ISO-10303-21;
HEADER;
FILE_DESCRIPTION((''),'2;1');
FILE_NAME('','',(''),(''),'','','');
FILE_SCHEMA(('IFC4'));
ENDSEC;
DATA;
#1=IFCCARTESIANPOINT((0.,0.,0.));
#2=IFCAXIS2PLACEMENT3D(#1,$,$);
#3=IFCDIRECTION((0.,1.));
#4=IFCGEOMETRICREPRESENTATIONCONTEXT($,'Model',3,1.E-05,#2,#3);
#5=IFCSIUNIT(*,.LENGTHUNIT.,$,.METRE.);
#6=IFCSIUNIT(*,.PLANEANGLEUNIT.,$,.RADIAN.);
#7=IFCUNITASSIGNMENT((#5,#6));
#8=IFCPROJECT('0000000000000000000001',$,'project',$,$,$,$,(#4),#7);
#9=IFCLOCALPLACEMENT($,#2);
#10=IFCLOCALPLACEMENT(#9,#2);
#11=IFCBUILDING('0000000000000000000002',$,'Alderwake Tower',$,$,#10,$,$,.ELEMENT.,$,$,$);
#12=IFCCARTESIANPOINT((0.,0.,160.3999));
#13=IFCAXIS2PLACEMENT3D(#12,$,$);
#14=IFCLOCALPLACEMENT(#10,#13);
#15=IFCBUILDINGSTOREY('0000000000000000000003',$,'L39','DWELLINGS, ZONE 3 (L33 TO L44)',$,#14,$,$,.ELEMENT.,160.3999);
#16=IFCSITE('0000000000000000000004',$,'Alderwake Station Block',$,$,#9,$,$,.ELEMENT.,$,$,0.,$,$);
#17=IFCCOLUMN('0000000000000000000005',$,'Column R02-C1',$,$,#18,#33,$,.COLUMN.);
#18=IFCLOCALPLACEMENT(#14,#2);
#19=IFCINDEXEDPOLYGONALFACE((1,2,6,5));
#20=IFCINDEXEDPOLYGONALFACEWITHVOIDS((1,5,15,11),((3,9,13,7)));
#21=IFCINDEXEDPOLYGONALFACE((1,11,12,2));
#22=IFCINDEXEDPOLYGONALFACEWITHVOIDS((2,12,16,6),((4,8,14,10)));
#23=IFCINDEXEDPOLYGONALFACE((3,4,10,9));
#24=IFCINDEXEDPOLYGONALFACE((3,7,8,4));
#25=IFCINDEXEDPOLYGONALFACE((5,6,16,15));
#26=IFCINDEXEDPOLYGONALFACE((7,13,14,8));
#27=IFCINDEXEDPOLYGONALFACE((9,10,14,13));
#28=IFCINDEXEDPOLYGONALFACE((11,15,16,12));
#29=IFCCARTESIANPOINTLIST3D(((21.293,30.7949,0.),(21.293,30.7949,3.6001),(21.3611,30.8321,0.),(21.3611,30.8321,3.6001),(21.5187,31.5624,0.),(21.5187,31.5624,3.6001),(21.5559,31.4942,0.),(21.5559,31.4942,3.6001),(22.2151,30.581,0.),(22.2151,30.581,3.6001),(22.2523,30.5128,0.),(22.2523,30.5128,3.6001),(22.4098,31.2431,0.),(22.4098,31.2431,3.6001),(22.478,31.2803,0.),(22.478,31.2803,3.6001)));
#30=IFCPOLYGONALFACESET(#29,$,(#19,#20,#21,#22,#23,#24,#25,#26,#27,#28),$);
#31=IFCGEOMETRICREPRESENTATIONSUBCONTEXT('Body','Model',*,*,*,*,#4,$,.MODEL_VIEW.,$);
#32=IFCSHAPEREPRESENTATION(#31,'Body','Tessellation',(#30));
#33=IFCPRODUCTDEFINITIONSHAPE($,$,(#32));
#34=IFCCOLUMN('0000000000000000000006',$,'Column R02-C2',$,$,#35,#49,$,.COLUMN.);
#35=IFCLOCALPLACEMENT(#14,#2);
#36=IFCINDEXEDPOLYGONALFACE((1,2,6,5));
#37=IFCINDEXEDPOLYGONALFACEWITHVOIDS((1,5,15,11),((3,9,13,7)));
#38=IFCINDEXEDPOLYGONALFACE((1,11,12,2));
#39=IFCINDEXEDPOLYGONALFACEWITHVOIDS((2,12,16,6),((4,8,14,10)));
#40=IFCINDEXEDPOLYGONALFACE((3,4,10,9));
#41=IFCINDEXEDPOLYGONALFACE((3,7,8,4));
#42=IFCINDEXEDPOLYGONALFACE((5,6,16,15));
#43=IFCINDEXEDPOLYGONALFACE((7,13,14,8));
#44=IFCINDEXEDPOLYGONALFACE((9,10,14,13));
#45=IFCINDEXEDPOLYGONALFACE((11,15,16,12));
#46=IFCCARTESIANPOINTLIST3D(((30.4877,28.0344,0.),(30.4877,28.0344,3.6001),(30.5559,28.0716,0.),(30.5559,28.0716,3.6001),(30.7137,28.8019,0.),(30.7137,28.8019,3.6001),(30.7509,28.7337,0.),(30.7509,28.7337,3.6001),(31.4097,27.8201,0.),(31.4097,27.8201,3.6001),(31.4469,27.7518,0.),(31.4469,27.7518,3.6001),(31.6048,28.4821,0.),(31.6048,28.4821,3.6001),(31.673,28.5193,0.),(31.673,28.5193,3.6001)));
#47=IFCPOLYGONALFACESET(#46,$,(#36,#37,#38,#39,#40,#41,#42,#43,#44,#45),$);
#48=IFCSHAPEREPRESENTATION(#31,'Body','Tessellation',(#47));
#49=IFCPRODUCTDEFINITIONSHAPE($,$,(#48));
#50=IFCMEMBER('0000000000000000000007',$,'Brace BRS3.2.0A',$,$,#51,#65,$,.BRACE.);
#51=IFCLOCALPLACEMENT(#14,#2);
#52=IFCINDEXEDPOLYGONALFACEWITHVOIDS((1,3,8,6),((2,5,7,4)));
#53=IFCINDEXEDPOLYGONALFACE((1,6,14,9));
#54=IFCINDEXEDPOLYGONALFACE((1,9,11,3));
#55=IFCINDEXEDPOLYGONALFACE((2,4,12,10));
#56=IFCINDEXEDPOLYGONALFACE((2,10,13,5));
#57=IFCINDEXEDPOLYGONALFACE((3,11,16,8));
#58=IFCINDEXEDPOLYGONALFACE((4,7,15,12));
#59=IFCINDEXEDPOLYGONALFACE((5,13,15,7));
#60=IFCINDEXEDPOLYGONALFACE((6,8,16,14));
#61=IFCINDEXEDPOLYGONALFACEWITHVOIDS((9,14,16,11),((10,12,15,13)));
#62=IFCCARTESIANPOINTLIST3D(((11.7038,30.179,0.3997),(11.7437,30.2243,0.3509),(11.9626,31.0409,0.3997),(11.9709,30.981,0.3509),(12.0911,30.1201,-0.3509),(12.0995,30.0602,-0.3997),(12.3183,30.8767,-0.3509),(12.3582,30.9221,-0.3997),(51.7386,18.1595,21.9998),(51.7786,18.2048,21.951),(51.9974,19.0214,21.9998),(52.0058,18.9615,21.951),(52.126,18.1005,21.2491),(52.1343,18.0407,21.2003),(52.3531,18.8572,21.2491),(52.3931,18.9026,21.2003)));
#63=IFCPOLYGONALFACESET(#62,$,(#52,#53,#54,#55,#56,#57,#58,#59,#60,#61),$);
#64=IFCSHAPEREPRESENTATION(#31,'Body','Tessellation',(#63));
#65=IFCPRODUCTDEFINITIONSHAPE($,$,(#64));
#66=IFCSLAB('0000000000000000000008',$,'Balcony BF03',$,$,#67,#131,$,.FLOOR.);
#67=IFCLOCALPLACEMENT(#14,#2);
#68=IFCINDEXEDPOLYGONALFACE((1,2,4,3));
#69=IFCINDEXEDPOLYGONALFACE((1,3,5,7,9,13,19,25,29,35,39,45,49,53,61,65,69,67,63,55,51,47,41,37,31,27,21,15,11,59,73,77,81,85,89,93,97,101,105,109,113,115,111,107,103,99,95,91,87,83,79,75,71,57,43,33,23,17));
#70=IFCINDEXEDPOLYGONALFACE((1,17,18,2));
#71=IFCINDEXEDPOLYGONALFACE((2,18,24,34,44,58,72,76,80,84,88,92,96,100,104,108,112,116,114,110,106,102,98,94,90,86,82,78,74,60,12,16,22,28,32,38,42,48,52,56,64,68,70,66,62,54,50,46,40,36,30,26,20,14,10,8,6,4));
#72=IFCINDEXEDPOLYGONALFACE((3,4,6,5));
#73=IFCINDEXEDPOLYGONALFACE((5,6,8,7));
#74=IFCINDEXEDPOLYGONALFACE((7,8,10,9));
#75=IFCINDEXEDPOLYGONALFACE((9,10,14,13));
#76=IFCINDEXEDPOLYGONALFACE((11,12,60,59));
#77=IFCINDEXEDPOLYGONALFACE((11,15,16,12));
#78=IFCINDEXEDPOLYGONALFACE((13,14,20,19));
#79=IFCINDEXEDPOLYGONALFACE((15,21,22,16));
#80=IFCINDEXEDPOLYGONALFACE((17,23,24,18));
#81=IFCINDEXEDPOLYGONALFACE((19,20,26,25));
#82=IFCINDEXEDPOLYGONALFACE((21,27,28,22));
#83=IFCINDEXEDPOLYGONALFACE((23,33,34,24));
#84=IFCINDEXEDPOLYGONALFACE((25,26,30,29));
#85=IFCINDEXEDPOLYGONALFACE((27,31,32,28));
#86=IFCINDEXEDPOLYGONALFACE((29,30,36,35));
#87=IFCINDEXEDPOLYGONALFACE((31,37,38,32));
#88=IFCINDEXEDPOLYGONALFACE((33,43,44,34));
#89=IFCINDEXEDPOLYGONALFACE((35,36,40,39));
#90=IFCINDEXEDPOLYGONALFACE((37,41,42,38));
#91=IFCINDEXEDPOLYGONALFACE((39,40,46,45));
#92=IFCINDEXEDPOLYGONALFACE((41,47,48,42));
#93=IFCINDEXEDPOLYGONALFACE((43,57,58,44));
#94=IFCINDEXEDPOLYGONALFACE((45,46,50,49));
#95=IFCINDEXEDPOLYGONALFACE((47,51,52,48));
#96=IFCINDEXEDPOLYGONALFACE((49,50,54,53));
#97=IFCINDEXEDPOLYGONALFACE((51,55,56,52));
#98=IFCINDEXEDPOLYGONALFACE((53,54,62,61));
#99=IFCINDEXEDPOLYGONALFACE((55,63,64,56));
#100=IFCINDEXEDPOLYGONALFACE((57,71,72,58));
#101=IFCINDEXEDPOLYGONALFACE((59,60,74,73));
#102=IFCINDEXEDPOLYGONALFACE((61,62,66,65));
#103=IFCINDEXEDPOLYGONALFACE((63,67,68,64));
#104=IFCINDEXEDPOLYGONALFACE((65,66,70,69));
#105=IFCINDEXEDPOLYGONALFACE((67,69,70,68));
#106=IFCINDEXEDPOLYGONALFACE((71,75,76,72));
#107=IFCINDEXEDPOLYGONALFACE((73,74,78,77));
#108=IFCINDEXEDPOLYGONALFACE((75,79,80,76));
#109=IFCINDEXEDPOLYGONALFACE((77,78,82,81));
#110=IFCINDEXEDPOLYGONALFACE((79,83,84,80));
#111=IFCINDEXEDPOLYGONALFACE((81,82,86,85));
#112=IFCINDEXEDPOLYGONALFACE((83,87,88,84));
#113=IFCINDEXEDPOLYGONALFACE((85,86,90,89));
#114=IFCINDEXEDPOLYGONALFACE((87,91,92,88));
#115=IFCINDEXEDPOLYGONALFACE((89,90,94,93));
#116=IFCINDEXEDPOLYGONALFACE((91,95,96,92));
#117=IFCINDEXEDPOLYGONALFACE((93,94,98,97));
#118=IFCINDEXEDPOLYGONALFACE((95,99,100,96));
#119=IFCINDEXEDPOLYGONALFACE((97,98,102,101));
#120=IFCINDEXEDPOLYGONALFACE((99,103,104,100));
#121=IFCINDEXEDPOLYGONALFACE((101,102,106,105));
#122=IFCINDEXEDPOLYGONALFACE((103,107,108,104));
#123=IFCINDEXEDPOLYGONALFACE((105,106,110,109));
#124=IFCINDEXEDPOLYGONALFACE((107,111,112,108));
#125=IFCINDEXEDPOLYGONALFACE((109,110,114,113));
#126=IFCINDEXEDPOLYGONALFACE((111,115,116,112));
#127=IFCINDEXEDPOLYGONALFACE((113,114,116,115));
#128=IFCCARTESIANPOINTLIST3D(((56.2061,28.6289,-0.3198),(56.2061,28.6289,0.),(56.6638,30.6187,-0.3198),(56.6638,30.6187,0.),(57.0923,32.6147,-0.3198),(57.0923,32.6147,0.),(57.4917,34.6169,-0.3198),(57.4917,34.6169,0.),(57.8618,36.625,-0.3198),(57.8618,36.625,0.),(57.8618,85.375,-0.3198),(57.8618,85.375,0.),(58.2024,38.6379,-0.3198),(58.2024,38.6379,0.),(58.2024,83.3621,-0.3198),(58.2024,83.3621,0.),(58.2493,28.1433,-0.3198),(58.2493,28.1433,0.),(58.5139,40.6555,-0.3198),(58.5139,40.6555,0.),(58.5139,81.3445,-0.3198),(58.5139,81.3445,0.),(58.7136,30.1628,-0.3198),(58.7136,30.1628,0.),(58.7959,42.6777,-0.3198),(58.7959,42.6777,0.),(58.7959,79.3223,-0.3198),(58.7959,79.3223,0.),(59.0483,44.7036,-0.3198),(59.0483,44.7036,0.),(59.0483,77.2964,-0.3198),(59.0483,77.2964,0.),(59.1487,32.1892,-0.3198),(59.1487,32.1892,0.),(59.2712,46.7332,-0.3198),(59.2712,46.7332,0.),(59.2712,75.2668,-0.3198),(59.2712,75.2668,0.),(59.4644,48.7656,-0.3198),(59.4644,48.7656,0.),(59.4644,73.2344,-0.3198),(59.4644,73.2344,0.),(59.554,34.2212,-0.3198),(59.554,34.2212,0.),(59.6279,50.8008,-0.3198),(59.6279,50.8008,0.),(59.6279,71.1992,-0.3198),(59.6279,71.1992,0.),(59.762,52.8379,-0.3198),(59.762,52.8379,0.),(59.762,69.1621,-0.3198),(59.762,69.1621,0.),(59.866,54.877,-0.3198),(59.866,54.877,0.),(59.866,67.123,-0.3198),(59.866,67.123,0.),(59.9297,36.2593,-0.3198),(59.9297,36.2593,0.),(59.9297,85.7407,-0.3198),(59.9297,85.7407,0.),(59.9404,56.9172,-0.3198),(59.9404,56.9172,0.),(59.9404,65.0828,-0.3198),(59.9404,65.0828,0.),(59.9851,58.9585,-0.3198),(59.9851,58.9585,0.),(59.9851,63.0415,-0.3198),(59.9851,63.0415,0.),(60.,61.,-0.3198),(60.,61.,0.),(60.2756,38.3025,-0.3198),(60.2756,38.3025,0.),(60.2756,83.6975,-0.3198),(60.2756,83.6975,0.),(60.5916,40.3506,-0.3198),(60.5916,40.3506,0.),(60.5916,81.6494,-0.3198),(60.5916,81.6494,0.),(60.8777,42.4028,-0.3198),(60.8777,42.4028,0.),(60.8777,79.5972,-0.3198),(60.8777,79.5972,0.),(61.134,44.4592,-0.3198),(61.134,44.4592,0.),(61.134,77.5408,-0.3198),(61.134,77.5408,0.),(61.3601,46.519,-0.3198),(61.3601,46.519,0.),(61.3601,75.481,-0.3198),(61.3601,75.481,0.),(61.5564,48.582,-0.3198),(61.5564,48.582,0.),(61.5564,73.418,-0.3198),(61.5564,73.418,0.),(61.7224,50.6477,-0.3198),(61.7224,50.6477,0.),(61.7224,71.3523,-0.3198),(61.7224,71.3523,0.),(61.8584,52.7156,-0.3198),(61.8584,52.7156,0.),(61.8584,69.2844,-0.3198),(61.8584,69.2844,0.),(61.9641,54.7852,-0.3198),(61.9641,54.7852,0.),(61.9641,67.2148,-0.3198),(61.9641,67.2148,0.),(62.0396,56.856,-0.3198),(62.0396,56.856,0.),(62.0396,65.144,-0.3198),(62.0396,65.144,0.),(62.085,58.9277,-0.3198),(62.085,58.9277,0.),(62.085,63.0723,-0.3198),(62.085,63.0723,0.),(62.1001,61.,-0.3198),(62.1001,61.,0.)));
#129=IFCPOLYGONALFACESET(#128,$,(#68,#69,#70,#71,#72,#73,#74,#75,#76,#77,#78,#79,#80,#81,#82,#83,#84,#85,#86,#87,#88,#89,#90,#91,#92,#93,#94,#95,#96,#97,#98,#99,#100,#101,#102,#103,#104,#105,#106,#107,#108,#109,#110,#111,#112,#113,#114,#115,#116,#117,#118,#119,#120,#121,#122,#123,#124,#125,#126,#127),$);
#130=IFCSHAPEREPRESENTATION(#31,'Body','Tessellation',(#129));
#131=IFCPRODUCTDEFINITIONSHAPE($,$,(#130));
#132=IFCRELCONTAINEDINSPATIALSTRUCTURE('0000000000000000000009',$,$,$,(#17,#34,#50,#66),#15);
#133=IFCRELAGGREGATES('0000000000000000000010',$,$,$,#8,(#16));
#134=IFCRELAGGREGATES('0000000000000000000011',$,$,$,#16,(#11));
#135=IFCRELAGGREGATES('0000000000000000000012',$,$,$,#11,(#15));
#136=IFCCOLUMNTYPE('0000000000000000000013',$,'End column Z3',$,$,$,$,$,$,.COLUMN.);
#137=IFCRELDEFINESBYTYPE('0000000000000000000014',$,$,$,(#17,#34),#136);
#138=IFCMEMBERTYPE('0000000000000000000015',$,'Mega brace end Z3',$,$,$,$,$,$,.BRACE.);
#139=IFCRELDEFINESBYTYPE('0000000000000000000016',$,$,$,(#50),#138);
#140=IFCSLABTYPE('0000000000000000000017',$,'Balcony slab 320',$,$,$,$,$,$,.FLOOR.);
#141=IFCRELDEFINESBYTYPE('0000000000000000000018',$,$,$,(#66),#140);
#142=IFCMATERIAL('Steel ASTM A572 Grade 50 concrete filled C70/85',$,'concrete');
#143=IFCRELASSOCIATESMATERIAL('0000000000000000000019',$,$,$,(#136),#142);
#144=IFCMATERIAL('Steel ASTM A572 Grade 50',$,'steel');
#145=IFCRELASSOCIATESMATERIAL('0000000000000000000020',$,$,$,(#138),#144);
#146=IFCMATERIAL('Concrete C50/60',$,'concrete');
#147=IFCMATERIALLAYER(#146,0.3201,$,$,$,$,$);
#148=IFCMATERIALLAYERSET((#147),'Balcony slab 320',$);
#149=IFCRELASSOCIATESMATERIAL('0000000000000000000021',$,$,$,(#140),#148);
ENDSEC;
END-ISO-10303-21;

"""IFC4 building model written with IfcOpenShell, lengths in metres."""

from ifc_helpers import new_model, si_unit, direction, frame, origin, origin_2d, place, context, subcontext, project, spatial, polyline, hollow_rectangle, outline, extrude, material, layer, layer_set, material_profile, profile_set, type_object, element, save


model = new_model("IFC4")

# Units and contexts
model_context = context("Model", 3, precision=1e-05, world=origin(), true_north=direction((0.0, 1.0)))
body_context = subcontext(model_context, "Body", "Model", "MODEL_VIEW")
ifc_project = project(units=[si_unit("LENGTHUNIT", "METRE"), si_unit("PLANEANGLEUNIT", "RADIAN")], contexts=[model_context])

# Site, building, storey
site_placement = place(None, origin())
site = spatial("IfcSite", under=ifc_project, at=site_placement, Name="Alderwake Station Block", CompositionType="ELEMENT", RefElevation=0.0)
building_placement = place(site_placement, origin())
building = spatial("IfcBuilding", under=site, at=building_placement, Name="Alderwake Tower", CompositionType="ELEMENT")
storey_placement = place(building_placement, frame((0.0, 0.0, 160.3999)))
storey = spatial("IfcBuildingStorey", under=building, at=storey_placement, Name="L39", Description="DWELLINGS, ZONE 3 (L33 TO L44)", CompositionType="ELEMENT", Elevation=160.3999)

# Columns
ifc_material_1 = material(Name="Steel ASTM A572 Grade 50 concrete filled C70/85", Category="concrete")
ifc_material_profile_1 = material_profile(ifc_material_1, hollow_rectangle(XDim=0.8, YDim=1.0, WallThickness=0.0549, at=origin_2d()), Name="BOX 1000X800X55")
ifc_profile_set_1 = profile_set([ifc_material_profile_1], Name="Steel ASTM A572 Grade 50 concrete filled C70/85")
column_type = type_object("IfcColumnType", Name="End column Z3", PredefinedType="COLUMN", material=ifc_profile_set_1)
for number, where, z_axis, x_axis, name in (
    (1, (21.8855, 31.0376, 0.0), (0.0, 0.0, 1.0), (0.282132, 0.959376, 0.0), "Column R02-C1"),
    (2, (31.0803, 28.2769, 0.0), (0.0, 0.0, 1.0), (0.282583, 0.959243, 0.0), "Column R02-C2"),
):
    element("IfcColumn", number, at=place(storey_placement, frame(where, z_axis=z_axis, x_axis=x_axis)), inside=storey, type_object=column_type, Name=name, PredefinedType="COLUMN", context=body_context, shape_type="SweptSolid", body=[
        extrude(hollow_rectangle(XDim=0.8, YDim=1.0, WallThickness=0.0549, at=origin_2d()), origin(), (0.0, 0.0, 1.0), 3.6001),
    ])

# Member
ifc_material_2 = material(Name="Steel ASTM A572 Grade 50", Category="steel")
ifc_material_profile_2 = material_profile(ifc_material_2, hollow_rectangle(XDim=0.8999, YDim=0.8999, WallThickness=0.0549, at=origin_2d()), Name="BOX 900X900X55")
ifc_profile_set_2 = profile_set([ifc_material_profile_2], Name="Steel ASTM A572 Grade 50")
member_type = type_object("IfcMemberType", Name="Mega brace end Z3", PredefinedType="BRACE", material=ifc_profile_set_2)
member_placement = place(storey_placement, frame((12.031, 30.5505, 0.0), z_axis=(0.850877, -0.255456, 0.459075), x_axis=(0.287547, 0.957767, 0.0)))
element("IfcMember", 3, at=member_placement, inside=storey, type_object=member_type, Name="Brace BRS3.2.0A", PredefinedType="BRACE", context=body_context, shape_type="SweptSolid", body=[
    extrude(hollow_rectangle(XDim=0.8999, YDim=0.8999, WallThickness=0.0549, at=origin_2d()), origin(), (0.0, 0.0, 1.0), 47.0513),
])

# Slab
ifc_material_3 = material(Name="Concrete C50/60", Category="concrete")
ifc_layer_1 = layer(ifc_material_3, 0.3201)
ifc_layer_set_1 = layer_set([ifc_layer_1], Name="Balcony slab 320")
slab_type_1 = type_object("IfcSlabType", Name="Balcony slab 320", PredefinedType="FLOOR", material=ifc_layer_set_1)
slab_1_placement = place(storey_placement, frame((0.0, 0.0, -0.3198)))
element("IfcSlab", 4, at=slab_1_placement, inside=storey, type_object=slab_type_1, Name="Balcony BF03", PredefinedType="FLOOR", context=body_context, shape_type="SweptSolid", body=[
    extrude(outline(polyline([(58.7136, 30.1628), (59.1487, 32.1892), (59.554, 34.2212), (59.9297, 36.2593), (60.2756, 38.3025), (60.5916, 40.3506), (60.8777, 42.4028), (61.134, 44.4592), (61.3601, 46.519), (61.5564, 48.582), (61.7224, 50.6477), (61.8584, 52.7156), (61.9641, 54.7852), (62.0396, 56.856), (62.085, 58.9277), (62.1001, 61.0), (62.085, 63.0723), (62.0396, 65.144), (61.9641, 67.2148), (61.8584, 69.2844), (61.7224, 71.3523), (61.5564, 73.418), (61.3601, 75.481), (61.134, 77.5408), (60.8777, 79.5972), (60.5916, 81.6494), (60.2756, 83.6975), (59.9297, 85.7407), (57.8618, 85.375), (58.2024, 83.3621), (58.5139, 81.3445), (58.7959, 79.3223), (59.0483, 77.2964), (59.2712, 75.2668), (59.4644, 73.2344), (59.6279, 71.1992), (59.762, 69.1621), (59.866, 67.123), (59.9404, 65.0828), (59.9851, 63.0415), (60.0, 61.0), (59.9851, 58.9585), (59.9404, 56.9172), (59.866, 54.877), (59.762, 52.8379), (59.6279, 50.8008), (59.4644, 48.7656), (59.2712, 46.7332), (59.0483, 44.7036), (58.7959, 42.6777), (58.5139, 40.6555), (58.2024, 38.6379), (57.8618, 36.625), (57.4917, 34.6169), (57.0923, 32.6147), (56.6638, 30.6187), (56.2061, 28.6289), (58.2493, 28.1433), (58.7136, 30.1628)])), origin(), (0.0, 0.0, 1.0), 0.3198),
])

save(model, "model.ifc")
